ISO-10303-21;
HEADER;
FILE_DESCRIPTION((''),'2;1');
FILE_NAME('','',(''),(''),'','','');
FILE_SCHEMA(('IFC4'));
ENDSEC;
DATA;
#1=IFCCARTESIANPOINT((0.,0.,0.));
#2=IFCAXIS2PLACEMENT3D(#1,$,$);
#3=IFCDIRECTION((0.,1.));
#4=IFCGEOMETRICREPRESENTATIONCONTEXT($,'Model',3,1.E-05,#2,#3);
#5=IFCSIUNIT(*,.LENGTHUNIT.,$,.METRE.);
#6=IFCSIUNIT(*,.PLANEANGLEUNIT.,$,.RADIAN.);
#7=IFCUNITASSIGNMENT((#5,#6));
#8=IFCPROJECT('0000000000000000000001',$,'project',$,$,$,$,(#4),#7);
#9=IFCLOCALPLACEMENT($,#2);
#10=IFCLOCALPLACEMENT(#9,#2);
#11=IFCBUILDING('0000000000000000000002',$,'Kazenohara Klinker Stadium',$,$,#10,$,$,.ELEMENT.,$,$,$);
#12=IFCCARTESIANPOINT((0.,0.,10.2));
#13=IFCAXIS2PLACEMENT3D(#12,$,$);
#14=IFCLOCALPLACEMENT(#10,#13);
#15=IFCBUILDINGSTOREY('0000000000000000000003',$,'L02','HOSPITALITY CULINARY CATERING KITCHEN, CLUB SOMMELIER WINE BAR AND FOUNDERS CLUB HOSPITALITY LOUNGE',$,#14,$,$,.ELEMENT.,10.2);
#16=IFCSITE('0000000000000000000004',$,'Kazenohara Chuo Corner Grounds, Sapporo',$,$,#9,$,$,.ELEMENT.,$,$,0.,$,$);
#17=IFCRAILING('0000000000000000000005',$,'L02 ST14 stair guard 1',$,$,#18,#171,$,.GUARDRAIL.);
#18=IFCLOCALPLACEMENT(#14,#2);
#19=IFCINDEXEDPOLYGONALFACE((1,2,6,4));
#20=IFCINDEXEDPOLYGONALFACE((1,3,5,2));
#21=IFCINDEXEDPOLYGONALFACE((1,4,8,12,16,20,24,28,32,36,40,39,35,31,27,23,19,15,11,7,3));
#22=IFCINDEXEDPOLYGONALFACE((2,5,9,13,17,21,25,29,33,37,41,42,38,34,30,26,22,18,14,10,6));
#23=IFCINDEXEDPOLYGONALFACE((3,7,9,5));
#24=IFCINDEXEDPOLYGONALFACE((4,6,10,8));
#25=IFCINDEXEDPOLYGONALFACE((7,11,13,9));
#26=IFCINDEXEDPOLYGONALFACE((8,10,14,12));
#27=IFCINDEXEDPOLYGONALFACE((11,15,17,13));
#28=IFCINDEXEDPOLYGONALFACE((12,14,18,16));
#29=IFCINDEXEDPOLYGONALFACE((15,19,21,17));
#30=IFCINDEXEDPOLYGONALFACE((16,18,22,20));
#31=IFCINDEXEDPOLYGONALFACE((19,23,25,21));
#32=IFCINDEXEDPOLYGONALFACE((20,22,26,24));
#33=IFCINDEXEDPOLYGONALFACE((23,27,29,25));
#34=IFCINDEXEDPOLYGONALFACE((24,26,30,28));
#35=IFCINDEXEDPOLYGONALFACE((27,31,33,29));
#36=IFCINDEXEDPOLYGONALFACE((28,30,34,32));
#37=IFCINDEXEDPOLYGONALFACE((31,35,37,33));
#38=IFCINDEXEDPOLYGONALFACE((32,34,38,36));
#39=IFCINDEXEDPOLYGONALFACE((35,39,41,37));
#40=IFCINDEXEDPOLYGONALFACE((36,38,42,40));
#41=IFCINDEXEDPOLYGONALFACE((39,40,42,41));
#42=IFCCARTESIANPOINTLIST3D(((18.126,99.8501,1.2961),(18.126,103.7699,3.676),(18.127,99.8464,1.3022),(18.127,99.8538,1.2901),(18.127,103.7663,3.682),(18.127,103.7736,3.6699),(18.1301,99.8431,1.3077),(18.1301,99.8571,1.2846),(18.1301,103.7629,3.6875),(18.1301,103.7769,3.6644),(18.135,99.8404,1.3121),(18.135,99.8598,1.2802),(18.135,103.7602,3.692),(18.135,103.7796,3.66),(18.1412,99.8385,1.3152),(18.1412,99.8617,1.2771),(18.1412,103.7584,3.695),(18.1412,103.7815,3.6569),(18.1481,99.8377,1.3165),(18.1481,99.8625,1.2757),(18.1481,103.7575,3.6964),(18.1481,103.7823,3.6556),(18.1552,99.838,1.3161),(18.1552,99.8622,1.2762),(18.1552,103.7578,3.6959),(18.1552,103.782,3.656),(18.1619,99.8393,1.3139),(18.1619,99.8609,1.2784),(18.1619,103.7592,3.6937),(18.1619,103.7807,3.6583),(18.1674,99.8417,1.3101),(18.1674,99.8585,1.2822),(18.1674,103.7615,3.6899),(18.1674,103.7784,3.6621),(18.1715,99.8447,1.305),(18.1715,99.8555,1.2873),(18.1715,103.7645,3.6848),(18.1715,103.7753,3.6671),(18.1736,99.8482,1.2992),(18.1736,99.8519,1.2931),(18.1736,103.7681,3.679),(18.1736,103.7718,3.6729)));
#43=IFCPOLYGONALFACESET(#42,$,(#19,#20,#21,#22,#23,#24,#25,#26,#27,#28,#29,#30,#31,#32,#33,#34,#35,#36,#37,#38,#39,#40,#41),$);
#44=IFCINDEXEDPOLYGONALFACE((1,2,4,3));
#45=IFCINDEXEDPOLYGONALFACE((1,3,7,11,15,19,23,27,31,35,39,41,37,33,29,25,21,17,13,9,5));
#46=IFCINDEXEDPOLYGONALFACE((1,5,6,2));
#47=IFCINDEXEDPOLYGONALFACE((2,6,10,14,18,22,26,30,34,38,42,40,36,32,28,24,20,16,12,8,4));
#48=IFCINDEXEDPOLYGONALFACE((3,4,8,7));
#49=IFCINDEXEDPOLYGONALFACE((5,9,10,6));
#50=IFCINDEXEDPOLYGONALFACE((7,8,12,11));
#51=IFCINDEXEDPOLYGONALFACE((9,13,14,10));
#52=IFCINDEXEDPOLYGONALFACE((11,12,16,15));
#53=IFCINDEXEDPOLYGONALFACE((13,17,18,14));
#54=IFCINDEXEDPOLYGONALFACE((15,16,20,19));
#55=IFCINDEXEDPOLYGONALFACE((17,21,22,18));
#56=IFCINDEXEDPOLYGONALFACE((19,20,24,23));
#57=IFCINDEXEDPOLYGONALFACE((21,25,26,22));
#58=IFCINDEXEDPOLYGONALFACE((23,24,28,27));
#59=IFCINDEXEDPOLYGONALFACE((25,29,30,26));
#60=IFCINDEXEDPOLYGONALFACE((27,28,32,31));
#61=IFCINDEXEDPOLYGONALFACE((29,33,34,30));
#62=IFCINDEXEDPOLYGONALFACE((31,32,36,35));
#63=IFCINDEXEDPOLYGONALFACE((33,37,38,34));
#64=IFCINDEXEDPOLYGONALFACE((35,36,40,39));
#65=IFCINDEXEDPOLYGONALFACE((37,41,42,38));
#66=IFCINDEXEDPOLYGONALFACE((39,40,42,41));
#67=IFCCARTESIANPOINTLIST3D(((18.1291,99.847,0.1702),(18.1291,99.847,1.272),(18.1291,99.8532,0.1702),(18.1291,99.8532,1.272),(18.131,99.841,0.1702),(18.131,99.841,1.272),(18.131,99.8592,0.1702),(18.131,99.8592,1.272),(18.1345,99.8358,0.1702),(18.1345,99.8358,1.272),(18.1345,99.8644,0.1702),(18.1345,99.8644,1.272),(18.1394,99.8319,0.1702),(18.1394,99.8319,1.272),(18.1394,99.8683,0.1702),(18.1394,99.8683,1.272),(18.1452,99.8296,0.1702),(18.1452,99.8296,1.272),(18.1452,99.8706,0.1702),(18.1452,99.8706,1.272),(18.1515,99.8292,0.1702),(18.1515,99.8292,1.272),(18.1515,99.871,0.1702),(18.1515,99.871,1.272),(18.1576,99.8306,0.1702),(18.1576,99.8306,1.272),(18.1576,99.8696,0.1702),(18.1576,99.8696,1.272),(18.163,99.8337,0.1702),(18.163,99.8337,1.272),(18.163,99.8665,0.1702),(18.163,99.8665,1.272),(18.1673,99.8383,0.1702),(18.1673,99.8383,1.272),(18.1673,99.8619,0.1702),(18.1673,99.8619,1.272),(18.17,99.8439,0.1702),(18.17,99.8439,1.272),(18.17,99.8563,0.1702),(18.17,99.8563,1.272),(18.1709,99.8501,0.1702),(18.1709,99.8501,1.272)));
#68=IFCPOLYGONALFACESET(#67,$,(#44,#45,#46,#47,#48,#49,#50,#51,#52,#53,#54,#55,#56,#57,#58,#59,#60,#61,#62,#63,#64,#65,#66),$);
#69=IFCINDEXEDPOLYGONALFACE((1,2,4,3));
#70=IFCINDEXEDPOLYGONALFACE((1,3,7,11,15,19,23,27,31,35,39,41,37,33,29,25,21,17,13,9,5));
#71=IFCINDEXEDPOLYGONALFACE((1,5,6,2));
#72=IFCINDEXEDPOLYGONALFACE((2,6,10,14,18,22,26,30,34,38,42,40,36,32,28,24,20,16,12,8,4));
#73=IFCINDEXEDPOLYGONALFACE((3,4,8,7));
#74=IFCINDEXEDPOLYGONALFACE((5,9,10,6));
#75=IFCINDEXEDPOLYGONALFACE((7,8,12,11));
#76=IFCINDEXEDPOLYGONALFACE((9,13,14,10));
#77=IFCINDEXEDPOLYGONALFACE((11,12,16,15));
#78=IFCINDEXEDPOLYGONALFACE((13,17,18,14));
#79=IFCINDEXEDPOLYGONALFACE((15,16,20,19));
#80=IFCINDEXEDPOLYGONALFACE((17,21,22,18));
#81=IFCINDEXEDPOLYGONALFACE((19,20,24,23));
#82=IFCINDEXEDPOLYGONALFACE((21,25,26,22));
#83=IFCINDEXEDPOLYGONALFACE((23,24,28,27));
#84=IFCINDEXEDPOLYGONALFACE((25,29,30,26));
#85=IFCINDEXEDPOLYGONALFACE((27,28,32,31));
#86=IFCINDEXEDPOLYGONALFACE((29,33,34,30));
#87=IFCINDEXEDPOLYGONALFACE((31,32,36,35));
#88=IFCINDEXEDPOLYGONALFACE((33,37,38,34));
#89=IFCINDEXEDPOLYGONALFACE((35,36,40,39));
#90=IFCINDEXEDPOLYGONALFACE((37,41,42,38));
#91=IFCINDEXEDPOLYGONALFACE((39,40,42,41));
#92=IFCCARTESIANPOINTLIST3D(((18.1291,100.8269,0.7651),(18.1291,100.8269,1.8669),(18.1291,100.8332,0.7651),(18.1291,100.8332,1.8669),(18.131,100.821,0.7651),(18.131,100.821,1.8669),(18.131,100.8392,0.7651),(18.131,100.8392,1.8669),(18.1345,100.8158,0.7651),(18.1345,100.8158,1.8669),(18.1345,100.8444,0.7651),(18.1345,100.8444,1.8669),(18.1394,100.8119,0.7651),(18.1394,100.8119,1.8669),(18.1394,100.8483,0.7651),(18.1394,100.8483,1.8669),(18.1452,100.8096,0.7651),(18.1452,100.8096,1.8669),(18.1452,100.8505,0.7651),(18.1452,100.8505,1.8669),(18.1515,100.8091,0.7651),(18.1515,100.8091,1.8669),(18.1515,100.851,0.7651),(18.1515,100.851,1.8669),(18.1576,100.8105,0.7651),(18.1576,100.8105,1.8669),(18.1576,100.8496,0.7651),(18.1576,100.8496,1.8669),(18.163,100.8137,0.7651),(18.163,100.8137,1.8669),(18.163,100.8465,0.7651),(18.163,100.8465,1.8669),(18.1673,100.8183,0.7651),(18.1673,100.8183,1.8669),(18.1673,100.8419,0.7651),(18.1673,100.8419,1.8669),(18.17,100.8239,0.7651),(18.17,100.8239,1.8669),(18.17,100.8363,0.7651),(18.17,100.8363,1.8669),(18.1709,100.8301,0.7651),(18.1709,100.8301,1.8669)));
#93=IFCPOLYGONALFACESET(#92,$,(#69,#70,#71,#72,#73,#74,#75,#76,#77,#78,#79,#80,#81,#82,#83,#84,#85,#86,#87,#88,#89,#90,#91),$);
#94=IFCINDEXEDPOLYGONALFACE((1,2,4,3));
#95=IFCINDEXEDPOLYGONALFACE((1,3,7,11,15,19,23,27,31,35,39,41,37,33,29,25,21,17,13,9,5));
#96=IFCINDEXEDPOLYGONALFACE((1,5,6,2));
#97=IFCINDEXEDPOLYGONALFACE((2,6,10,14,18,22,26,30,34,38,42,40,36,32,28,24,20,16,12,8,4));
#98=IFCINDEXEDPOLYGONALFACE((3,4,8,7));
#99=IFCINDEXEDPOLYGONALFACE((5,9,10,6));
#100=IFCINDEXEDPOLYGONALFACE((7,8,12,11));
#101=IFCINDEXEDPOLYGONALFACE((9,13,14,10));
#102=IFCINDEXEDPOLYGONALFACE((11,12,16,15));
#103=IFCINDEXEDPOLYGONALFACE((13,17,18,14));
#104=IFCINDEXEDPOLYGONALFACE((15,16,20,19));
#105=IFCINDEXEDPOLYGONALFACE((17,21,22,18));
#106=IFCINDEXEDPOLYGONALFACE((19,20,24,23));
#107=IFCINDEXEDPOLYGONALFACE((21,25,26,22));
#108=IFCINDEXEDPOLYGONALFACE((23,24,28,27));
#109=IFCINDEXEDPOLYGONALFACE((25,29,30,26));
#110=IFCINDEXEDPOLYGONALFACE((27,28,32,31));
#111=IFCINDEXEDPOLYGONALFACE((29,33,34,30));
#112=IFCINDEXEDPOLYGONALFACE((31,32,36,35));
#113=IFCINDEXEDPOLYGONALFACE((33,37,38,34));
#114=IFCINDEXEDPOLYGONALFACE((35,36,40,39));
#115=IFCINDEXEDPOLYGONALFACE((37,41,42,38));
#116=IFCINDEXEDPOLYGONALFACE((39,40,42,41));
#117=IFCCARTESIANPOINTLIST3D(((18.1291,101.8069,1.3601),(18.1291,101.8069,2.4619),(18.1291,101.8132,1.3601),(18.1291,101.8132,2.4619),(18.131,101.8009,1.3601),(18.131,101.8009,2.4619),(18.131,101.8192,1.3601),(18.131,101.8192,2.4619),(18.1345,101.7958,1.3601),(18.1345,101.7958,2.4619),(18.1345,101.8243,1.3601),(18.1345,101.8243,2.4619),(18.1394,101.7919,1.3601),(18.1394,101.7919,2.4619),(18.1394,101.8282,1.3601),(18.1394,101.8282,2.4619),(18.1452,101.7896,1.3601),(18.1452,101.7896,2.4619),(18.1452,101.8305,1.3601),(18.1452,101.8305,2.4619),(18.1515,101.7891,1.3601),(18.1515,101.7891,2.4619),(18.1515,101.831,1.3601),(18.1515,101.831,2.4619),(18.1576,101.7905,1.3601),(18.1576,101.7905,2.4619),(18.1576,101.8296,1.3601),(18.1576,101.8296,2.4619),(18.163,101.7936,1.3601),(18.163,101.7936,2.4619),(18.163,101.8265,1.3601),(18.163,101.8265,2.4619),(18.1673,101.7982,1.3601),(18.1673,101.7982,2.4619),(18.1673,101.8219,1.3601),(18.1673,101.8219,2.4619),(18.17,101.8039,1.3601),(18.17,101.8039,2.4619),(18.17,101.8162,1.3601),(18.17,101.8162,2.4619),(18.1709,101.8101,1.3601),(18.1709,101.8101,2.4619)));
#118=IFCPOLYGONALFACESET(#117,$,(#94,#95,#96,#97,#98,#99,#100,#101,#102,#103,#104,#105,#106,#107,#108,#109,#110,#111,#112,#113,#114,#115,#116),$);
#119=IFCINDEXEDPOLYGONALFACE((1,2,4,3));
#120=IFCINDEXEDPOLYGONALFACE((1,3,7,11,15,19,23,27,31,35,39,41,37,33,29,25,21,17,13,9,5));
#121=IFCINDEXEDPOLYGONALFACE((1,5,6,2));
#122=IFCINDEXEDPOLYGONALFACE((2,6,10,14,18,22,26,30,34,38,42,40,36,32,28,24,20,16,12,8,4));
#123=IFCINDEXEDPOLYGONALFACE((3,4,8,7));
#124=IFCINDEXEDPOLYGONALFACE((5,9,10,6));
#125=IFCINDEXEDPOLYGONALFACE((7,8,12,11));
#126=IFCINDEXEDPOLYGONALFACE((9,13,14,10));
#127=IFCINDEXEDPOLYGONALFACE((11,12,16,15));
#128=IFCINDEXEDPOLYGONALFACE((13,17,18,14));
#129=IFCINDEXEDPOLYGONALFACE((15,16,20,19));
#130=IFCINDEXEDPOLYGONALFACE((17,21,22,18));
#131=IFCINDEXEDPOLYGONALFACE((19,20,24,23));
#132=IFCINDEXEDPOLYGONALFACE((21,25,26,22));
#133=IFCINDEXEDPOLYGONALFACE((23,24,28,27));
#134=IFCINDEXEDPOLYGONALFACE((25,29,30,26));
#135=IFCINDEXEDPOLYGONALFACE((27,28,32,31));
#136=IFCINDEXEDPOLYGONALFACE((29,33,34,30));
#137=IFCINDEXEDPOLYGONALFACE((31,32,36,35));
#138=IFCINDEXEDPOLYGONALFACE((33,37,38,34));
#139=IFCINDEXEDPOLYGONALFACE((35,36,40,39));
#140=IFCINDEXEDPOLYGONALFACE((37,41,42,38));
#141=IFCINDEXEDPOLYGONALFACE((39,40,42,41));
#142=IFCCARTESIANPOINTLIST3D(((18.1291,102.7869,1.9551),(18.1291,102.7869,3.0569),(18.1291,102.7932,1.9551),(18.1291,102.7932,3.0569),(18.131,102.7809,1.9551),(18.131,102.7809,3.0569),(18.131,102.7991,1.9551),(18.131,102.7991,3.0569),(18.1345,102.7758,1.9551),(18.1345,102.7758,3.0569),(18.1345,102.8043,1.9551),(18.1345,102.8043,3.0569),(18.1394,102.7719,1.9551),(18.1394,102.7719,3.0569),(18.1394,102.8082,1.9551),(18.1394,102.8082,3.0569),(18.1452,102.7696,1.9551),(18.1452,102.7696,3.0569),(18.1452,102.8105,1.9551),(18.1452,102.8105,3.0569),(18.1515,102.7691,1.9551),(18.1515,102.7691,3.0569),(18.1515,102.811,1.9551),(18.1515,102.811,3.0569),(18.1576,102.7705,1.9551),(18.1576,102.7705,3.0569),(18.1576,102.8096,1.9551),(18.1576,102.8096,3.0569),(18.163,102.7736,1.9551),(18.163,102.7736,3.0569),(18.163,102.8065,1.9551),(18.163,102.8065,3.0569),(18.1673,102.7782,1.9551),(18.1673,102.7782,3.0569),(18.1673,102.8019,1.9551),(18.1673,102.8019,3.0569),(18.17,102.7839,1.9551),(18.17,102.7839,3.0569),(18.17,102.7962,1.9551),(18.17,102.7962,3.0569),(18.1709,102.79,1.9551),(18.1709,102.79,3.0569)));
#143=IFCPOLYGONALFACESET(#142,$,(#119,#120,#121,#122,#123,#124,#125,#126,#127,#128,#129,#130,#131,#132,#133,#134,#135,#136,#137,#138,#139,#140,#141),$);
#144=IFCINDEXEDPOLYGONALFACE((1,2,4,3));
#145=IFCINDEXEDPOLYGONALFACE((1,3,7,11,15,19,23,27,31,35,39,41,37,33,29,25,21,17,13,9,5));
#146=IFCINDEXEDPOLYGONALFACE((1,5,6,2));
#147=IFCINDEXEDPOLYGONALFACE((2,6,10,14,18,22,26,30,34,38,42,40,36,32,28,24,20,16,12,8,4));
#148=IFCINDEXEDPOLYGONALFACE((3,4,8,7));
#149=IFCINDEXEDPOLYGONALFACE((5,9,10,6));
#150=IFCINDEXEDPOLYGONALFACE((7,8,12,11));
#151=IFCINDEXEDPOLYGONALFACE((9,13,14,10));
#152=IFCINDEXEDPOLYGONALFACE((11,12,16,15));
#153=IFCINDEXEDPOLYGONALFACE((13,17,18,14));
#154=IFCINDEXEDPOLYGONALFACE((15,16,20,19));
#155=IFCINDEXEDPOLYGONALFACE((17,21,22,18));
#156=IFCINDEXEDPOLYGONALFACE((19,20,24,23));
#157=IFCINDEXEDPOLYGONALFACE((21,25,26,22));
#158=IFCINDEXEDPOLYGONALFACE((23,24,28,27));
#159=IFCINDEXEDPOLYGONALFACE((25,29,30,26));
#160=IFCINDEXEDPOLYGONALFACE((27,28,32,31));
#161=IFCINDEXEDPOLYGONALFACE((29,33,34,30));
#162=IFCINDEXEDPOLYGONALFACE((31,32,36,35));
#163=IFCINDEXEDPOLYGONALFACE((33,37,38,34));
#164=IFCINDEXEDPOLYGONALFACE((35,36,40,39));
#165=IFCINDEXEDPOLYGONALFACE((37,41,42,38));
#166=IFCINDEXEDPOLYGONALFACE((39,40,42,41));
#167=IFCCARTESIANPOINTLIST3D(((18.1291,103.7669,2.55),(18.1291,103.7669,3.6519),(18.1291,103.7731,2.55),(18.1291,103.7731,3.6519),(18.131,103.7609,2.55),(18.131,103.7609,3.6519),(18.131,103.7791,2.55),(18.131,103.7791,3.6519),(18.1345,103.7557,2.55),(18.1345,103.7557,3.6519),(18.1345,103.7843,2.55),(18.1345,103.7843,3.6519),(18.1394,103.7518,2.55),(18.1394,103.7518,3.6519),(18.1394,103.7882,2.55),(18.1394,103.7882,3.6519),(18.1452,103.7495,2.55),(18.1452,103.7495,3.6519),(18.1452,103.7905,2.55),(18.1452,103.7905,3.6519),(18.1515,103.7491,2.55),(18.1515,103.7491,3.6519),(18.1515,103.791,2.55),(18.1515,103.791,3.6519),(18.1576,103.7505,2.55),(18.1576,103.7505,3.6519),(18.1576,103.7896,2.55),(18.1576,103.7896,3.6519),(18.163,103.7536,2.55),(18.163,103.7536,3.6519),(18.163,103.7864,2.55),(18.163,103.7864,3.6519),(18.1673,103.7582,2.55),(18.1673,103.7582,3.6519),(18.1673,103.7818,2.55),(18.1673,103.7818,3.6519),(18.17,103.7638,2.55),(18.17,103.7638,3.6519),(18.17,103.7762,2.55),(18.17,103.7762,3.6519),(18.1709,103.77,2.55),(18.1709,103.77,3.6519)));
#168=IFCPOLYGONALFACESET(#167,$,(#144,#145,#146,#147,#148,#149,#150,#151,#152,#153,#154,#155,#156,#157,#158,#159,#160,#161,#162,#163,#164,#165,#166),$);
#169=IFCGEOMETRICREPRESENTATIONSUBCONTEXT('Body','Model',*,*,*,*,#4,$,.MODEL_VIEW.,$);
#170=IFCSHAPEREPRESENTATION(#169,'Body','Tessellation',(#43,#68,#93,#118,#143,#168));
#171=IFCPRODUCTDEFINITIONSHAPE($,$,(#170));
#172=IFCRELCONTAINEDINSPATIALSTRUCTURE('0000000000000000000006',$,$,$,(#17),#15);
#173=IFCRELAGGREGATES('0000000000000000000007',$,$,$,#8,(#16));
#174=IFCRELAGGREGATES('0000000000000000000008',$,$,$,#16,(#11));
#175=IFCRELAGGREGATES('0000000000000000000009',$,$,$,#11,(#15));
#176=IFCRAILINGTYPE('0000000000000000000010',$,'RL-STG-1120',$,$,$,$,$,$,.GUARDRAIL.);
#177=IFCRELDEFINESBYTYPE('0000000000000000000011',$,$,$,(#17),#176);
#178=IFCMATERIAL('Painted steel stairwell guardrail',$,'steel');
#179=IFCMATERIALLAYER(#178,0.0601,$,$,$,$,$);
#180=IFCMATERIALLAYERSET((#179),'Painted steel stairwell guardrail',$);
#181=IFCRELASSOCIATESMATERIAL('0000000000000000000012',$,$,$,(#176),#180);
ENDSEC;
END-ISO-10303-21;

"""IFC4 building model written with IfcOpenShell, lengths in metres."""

from ifc_helpers import new_model, si_unit, direction, frame, origin, origin_2d, place, context, subcontext, project, spatial, circle, extrude, material, layer, layer_set, type_object, element, save


model = new_model("IFC4")

# Units and contexts
model_context = context("Model", 3, precision=1e-05, world=origin(), true_north=direction((0.0, 1.0)))
body_context = subcontext(model_context, "Body", "Model", "MODEL_VIEW")
ifc_project = project(units=[si_unit("LENGTHUNIT", "METRE"), si_unit("PLANEANGLEUNIT", "RADIAN")], contexts=[model_context])

# Site, building, storey
site_placement = place(None, origin())
site = spatial("IfcSite", under=ifc_project, at=site_placement, Name="Kazenohara Chuo Corner Grounds, Sapporo", CompositionType="ELEMENT", RefElevation=0.0)
building_placement = place(site_placement, origin())
building = spatial("IfcBuilding", under=site, at=building_placement, Name="Kazenohara Klinker Stadium", CompositionType="ELEMENT")
storey_placement = place(building_placement, frame((0.0, 0.0, 10.2)))
storey = spatial("IfcBuildingStorey", under=building, at=storey_placement, Name="L02", Description="HOSPITALITY CULINARY CATERING KITCHEN, CLUB SOMMELIER WINE BAR AND FOUNDERS CLUB HOSPITALITY LOUNGE", CompositionType="ELEMENT", Elevation=10.2)

# Railing
ifc_material_1 = material(Name="Painted steel stairwell guardrail", Category="steel")
ifc_layer_1 = layer(ifc_material_1, 0.0601)
ifc_layer_set_1 = layer_set([ifc_layer_1], Name="Painted steel stairwell guardrail")
railing_type_1 = type_object("IfcRailingType", Name="RL-STG-1120", PredefinedType="GUARDRAIL", material=ifc_layer_set_1)
for number, where, name in (
    (1, (18.1499, 99.8501, 0.1702), "L02 ST14 stair guard 1"),
):
    element("IfcRailing", number, at=place(storey_placement, frame(where)), inside=storey, type_object=railing_type_1, Name=name, PredefinedType="GUARDRAIL", context=body_context, shape_type="SweptSolid", body=[
        extrude(circle(Radius=0.0239, at=origin_2d()), frame((0.0, 0.0, 1.126), z_axis=(0.0, 0.854794, 0.518967), x_axis=(-1.0, 0.0, 0.0)), (0.0, 0.0, 1.0), 4.5857),
        extrude(circle(Radius=0.021, at=origin_2d()), origin(), (0.0, 0.0, 1.0), 1.1018),
        extrude(circle(Radius=0.021, at=origin_2d()), frame((0.0, 0.98, 0.595)), (0.0, 0.0, 1.0), 1.1018),
        extrude(circle(Radius=0.021, at=origin_2d()), frame((0.0, 1.96, 1.1899)), (0.0, 0.0, 1.0), 1.1018),
        extrude(circle(Radius=0.021, at=origin_2d()), frame((0.0, 2.9399, 1.7849)), (0.0, 0.0, 1.0), 1.1018),
        extrude(circle(Radius=0.021, at=origin_2d()), frame((0.0, 3.9199, 2.3799)), (0.0, 0.0, 1.0), 1.1018),
    ])

save(model, "model.ifc")
